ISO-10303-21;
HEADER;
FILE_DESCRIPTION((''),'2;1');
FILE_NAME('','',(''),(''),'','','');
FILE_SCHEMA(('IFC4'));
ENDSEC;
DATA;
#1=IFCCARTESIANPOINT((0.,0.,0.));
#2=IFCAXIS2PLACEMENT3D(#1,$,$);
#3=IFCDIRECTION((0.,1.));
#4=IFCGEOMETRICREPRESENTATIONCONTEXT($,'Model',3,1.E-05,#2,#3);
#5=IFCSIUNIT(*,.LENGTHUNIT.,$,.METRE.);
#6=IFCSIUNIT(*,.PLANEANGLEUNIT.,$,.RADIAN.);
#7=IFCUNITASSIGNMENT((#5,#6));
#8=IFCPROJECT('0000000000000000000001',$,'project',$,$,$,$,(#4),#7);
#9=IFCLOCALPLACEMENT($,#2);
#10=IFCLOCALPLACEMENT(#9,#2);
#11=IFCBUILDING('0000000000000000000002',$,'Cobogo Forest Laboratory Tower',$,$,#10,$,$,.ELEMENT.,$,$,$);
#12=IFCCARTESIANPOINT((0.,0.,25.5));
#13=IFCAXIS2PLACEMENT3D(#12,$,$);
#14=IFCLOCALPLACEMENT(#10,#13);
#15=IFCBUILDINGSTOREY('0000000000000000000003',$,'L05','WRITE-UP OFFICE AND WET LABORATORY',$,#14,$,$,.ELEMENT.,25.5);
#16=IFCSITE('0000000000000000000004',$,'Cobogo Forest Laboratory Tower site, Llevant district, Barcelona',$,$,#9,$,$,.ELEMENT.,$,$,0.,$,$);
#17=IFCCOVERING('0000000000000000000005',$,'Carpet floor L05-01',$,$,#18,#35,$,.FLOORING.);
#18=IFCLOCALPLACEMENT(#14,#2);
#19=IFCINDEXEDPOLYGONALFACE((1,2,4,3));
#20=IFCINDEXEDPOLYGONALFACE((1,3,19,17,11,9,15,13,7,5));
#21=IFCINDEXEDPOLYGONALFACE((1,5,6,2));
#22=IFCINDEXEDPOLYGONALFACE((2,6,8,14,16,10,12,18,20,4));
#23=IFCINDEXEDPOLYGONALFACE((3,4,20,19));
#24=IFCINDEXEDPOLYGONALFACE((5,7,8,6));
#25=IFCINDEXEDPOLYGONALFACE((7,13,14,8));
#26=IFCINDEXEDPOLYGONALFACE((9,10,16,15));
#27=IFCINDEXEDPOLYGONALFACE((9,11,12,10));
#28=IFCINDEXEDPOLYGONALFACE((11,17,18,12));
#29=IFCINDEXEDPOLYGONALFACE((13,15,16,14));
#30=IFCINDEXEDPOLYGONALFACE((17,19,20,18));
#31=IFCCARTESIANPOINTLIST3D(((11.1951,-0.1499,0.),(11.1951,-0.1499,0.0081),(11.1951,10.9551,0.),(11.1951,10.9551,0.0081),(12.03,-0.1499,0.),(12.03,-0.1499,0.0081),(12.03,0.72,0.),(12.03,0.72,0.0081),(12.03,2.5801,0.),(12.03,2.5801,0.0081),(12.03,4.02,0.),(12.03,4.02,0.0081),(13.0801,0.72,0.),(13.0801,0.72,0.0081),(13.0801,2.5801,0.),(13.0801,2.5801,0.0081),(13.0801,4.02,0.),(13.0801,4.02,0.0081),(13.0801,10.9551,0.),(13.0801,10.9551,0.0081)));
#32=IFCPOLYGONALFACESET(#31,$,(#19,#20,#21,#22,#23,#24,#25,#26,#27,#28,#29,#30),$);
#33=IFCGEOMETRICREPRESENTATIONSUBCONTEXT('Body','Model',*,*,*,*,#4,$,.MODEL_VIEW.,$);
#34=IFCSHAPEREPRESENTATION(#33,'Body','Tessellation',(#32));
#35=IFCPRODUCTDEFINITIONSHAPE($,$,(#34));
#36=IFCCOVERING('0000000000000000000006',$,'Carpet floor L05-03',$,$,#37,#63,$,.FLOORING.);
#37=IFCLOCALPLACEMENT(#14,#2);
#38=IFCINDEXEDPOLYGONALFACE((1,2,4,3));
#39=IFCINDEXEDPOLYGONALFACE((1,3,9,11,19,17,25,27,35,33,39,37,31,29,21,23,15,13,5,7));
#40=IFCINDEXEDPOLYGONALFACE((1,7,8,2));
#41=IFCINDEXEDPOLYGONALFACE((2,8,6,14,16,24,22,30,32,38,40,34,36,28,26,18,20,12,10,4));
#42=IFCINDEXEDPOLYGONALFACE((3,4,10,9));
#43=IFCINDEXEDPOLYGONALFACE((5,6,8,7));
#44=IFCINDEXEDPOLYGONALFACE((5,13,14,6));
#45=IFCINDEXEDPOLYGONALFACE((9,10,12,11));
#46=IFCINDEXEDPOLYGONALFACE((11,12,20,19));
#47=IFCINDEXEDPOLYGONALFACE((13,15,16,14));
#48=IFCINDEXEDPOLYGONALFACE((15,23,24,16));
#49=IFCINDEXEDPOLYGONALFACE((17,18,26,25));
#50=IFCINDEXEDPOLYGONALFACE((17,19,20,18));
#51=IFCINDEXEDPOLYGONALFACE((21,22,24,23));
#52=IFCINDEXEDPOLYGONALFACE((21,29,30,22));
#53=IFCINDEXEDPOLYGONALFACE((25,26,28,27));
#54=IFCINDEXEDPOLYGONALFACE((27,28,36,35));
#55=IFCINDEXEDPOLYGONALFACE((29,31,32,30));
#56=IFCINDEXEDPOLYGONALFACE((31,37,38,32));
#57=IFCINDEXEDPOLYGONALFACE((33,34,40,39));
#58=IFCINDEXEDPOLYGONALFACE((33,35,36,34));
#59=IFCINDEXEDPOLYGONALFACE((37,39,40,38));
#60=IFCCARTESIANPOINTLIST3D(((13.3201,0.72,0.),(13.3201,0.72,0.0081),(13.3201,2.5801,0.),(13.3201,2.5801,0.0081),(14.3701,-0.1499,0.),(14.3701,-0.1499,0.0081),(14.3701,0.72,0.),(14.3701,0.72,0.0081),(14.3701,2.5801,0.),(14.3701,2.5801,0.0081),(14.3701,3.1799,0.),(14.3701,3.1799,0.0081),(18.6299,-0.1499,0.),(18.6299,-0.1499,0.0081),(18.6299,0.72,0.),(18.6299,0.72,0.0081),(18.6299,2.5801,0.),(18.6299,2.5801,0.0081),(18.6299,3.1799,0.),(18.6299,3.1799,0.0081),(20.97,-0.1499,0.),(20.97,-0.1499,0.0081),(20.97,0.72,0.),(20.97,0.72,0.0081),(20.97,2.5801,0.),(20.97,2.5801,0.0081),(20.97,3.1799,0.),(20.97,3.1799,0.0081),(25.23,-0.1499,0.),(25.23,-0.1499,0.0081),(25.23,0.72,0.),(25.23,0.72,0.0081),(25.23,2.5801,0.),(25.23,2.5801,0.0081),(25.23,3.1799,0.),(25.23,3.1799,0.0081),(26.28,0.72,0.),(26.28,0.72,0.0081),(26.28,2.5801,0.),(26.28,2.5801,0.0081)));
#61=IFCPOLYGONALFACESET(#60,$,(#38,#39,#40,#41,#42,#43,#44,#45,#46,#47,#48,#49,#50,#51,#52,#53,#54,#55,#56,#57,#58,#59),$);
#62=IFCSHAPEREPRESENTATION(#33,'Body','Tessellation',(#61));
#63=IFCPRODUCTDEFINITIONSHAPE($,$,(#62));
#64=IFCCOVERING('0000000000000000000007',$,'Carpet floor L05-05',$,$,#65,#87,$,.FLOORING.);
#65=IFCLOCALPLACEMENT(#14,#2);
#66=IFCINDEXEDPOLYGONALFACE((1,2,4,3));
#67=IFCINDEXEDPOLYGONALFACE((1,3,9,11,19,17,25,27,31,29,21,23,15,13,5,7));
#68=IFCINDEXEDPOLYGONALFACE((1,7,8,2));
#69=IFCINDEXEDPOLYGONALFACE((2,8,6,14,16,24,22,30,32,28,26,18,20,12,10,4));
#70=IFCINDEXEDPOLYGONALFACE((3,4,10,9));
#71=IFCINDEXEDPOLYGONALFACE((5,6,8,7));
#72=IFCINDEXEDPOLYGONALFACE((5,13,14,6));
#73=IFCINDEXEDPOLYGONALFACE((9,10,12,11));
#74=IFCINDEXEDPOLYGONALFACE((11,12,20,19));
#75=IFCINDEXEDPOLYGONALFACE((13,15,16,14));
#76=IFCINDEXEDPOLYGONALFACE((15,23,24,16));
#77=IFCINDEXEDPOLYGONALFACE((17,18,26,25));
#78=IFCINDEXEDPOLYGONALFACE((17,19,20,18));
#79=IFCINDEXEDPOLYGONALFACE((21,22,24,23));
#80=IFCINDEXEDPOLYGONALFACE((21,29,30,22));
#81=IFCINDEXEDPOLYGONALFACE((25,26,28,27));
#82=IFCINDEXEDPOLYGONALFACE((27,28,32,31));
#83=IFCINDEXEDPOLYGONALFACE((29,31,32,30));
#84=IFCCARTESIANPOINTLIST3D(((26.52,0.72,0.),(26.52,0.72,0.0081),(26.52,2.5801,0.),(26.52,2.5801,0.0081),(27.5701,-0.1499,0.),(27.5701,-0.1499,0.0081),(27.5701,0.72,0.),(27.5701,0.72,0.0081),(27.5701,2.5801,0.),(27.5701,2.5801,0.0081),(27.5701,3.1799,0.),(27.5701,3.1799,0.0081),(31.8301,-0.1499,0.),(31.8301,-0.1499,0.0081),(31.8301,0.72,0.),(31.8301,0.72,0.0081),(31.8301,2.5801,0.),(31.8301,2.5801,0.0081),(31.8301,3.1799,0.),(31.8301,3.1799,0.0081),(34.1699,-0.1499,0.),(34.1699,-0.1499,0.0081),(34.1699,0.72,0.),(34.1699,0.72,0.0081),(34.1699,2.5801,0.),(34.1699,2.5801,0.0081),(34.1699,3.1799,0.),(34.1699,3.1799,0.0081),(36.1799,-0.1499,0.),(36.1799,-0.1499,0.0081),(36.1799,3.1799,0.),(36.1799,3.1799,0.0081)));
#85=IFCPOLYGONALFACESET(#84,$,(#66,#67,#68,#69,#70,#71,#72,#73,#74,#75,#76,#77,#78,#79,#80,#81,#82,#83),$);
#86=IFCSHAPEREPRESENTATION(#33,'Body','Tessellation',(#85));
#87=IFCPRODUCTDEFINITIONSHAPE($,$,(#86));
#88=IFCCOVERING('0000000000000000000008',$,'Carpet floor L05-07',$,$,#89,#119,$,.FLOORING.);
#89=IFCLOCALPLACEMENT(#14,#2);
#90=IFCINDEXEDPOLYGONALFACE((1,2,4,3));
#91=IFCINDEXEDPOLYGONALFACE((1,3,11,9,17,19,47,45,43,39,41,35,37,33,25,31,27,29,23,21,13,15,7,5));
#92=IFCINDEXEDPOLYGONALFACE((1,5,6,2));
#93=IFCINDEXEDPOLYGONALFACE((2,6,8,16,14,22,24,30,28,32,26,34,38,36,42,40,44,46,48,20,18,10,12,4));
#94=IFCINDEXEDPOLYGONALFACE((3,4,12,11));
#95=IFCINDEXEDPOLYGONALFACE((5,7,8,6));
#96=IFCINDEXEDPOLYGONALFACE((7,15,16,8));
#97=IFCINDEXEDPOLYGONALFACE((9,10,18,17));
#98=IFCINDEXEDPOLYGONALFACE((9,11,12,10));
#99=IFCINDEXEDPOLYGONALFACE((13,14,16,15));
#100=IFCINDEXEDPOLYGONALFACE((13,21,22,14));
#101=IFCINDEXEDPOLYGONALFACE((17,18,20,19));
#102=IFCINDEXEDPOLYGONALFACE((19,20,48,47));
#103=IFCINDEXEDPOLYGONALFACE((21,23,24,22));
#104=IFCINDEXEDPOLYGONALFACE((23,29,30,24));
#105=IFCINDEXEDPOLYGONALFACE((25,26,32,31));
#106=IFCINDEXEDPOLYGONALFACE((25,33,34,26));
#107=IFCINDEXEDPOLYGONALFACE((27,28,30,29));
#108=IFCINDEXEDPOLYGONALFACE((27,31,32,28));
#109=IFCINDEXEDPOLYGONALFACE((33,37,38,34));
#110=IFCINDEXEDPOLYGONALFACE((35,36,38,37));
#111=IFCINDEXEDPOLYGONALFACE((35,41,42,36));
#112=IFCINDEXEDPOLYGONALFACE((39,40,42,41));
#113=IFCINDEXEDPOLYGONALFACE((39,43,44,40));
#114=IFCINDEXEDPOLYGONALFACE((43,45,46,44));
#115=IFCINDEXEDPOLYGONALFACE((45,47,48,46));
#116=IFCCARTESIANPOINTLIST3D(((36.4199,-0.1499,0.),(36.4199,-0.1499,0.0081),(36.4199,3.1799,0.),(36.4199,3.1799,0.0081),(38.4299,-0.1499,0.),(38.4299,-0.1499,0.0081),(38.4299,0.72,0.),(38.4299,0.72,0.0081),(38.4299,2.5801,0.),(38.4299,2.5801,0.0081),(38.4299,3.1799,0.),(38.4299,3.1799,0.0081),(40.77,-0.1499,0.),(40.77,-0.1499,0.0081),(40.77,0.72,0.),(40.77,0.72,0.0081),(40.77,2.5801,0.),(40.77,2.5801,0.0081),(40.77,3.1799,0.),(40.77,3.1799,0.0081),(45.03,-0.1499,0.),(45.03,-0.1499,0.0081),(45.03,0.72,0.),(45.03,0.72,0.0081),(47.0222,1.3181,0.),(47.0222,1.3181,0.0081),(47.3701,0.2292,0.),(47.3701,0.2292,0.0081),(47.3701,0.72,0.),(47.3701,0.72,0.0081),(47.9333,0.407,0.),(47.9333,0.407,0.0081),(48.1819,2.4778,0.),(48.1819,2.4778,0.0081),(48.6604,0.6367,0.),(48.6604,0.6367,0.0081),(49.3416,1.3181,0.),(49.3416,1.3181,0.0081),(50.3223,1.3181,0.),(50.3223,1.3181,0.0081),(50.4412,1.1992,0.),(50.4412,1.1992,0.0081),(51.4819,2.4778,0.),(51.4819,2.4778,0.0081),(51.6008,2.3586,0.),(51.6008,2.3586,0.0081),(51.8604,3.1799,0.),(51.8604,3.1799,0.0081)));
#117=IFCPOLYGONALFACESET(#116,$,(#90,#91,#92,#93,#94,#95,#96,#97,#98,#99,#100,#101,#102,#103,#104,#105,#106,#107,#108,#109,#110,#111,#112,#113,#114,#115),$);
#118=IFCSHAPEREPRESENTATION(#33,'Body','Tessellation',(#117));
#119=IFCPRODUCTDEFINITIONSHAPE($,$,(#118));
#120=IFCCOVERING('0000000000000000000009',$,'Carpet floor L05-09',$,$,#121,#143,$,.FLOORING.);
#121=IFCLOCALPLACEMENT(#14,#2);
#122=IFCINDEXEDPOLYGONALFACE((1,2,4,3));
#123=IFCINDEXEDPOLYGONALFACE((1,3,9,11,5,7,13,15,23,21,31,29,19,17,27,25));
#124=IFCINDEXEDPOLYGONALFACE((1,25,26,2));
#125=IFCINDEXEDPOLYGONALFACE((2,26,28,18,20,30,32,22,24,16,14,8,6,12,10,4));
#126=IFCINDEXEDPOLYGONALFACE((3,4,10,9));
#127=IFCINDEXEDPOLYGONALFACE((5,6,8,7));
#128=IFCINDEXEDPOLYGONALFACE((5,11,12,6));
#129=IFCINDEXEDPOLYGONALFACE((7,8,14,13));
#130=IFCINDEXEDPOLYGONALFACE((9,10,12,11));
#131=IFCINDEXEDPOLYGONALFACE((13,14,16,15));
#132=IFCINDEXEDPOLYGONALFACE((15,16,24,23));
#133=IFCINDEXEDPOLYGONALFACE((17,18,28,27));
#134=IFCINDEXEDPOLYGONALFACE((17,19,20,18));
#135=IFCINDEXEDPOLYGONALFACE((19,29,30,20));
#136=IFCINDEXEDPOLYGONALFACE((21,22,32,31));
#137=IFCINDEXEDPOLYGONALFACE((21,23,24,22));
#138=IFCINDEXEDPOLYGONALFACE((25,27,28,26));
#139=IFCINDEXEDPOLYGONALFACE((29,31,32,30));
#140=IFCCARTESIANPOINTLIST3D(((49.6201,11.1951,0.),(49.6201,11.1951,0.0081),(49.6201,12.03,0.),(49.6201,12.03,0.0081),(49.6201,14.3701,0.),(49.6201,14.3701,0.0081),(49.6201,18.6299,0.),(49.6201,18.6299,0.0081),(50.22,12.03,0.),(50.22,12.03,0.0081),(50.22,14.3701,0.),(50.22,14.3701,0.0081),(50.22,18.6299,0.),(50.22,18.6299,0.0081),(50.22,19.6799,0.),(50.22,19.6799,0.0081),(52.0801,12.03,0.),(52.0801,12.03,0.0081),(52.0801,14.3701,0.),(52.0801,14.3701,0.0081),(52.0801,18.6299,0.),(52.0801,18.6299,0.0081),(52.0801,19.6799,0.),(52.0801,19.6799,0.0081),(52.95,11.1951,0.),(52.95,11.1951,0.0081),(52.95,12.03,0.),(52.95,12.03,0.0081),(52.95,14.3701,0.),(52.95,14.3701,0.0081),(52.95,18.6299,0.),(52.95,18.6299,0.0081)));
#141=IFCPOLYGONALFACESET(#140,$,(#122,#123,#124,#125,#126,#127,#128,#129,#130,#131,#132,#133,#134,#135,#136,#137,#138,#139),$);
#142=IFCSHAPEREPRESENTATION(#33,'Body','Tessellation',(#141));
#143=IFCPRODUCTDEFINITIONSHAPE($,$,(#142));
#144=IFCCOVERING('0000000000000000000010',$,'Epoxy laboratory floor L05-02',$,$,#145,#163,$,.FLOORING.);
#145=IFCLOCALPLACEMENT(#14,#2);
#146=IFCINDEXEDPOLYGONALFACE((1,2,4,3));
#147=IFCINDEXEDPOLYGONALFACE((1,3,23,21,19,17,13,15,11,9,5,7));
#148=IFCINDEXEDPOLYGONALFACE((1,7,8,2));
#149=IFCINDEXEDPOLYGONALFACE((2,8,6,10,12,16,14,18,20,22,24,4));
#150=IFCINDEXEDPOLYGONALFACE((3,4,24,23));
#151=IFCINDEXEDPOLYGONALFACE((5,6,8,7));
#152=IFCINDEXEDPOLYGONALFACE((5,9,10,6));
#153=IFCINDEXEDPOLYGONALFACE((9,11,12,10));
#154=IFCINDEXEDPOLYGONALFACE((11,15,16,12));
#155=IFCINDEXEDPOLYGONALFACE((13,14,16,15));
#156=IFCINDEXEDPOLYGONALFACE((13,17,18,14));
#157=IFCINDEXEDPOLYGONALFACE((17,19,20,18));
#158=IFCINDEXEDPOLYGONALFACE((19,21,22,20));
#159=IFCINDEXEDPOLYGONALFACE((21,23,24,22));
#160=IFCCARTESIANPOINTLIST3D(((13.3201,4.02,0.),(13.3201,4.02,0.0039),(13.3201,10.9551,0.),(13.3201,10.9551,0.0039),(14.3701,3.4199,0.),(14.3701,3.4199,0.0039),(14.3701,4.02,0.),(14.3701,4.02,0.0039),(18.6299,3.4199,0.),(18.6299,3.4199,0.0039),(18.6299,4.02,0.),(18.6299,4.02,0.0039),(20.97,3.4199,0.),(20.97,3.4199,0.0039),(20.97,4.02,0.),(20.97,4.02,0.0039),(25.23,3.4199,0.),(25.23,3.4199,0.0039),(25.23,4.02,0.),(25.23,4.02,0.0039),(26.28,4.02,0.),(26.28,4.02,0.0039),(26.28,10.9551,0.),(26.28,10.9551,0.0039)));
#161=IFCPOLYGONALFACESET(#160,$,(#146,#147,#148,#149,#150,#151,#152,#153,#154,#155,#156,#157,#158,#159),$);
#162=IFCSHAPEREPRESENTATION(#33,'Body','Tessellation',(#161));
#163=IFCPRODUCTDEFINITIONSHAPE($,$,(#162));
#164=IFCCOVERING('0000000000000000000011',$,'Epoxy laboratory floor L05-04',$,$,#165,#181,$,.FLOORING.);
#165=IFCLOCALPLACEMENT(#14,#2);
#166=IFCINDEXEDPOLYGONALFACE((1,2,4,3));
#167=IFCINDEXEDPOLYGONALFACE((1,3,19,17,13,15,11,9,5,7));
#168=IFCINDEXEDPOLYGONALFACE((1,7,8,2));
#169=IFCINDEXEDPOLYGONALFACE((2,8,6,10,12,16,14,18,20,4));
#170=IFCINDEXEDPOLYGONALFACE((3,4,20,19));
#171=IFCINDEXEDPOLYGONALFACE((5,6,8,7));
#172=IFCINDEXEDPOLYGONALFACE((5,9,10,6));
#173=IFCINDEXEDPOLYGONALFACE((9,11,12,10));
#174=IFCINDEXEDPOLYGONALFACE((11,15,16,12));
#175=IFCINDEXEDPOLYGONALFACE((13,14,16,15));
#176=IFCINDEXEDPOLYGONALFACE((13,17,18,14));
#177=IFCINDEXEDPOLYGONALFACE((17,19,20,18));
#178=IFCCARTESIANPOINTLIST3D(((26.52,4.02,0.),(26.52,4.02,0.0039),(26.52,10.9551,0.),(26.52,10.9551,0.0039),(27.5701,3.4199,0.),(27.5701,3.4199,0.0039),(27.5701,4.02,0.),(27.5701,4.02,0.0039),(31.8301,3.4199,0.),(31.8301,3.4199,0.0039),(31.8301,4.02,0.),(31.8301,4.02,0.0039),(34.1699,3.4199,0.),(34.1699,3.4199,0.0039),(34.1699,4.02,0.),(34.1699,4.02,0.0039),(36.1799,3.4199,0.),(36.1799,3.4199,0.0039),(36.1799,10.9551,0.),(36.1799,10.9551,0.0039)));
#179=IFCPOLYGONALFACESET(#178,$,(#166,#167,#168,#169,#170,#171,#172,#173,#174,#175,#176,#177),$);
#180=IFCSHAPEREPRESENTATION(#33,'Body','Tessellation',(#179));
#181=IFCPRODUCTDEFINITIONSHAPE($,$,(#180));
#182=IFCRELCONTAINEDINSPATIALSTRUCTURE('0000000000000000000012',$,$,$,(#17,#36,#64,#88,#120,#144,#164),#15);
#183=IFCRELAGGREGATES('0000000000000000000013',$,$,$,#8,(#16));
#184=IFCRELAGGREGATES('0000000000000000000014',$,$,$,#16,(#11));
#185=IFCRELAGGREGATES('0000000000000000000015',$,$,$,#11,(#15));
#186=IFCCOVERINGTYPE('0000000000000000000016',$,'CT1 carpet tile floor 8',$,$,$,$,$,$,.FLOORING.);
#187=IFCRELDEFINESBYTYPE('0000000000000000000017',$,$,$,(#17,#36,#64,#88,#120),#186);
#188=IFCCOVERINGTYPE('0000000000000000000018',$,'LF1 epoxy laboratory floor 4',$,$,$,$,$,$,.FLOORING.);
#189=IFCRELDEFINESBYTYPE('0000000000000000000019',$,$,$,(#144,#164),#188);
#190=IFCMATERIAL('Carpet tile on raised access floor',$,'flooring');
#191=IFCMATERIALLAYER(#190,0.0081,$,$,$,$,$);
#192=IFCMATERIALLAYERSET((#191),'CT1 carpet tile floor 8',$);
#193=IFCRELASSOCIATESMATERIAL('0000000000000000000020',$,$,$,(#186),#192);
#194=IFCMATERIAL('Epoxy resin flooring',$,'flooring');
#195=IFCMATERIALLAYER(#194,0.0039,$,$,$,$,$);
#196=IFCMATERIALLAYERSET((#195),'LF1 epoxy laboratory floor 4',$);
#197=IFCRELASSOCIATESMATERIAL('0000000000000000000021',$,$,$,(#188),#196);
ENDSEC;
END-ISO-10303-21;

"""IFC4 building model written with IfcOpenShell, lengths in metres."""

from ifc_helpers import new_model, si_unit, direction, frame, origin, place, context, subcontext, project, spatial, polyline, outline, extrude, material, layer, layer_set, type_object, element, save


model = new_model("IFC4")

# Units and contexts
model_context = context("Model", 3, precision=1e-05, world=origin(), true_north=direction((0.0, 1.0)))
body_context = subcontext(model_context, "Body", "Model", "MODEL_VIEW")
ifc_project = project(units=[si_unit("LENGTHUNIT", "METRE"), si_unit("PLANEANGLEUNIT", "RADIAN")], contexts=[model_context])

# Site, building, storey
site_placement = place(None, origin())
site = spatial("IfcSite", under=ifc_project, at=site_placement, Name="Cobogo Forest Laboratory Tower site, Llevant district, Barcelona", CompositionType="ELEMENT", RefElevation=0.0)
building_placement = place(site_placement, origin())
building = spatial("IfcBuilding", under=site, at=building_placement, Name="Cobogo Forest Laboratory Tower", CompositionType="ELEMENT")
storey_placement = place(building_placement, frame((0.0, 0.0, 25.5)))
storey = spatial("IfcBuildingStorey", under=building, at=storey_placement, Name="L05", Description="WRITE-UP OFFICE AND WET LABORATORY", CompositionType="ELEMENT", Elevation=25.5)

# Coverings
ifc_material_1 = material(Name="Carpet tile on raised access floor", Category="flooring")
ifc_layer_1 = layer(ifc_material_1, 0.0081)
ifc_layer_set_1 = layer_set([ifc_layer_1], Name="CT1 carpet tile floor 8")
covering_type_1 = type_object("IfcCoveringType", Name="CT1 carpet tile floor 8", PredefinedType="FLOORING", material=ifc_layer_set_1)
covering_1_placement = place(storey_placement, origin())
element("IfcCovering", 1, at=covering_1_placement, inside=storey, type_object=covering_type_1, Name="Carpet floor L05-01", PredefinedType="FLOORING", context=body_context, shape_type="SweptSolid", body=[
    extrude(outline(polyline([(13.0801, 10.9551), (13.0801, 4.02), (12.03, 4.02), (12.03, 2.5801), (13.0801, 2.5801), (13.0801, 0.72), (12.03, 0.72), (12.03, -0.1499), (11.1951, -0.1499), (11.1951, 10.9551), (13.0801, 10.9551)])), origin(), (0.0, 0.0, 1.0), 0.0081),
])
covering_2_placement = place(storey_placement, origin())
element("IfcCovering", 2, at=covering_2_placement, inside=storey, type_object=covering_type_1, Name="Carpet floor L05-03", PredefinedType="FLOORING", context=body_context, shape_type="SweptSolid", body=[
    extrude(outline(polyline([(18.6299, 3.1799), (18.6299, 2.5801), (20.97, 2.5801), (20.97, 3.1799), (25.23, 3.1799), (25.23, 2.5801), (26.28, 2.5801), (26.28, 0.72), (25.23, 0.72), (25.23, -0.1499), (20.97, -0.1499), (20.97, 0.72), (18.6299, 0.72), (18.6299, -0.1499), (14.3701, -0.1499), (14.3701, 0.72), (13.3201, 0.72), (13.3201, 2.5801), (14.3701, 2.5801), (14.3701, 3.1799), (18.6299, 3.1799)])), origin(), (0.0, 0.0, 1.0), 0.0081),
])
covering_3_placement = place(storey_placement, origin())
element("IfcCovering", 3, at=covering_3_placement, inside=storey, type_object=covering_type_1, Name="Carpet floor L05-05", PredefinedType="FLOORING", context=body_context, shape_type="SweptSolid", body=[
    extrude(outline(polyline([(31.8301, 3.1799), (31.8301, 2.5801), (34.1699, 2.5801), (34.1699, 3.1799), (36.1799, 3.1799), (36.1799, -0.1499), (34.1699, -0.1499), (34.1699, 0.72), (31.8301, 0.72), (31.8301, -0.1499), (27.5701, -0.1499), (27.5701, 0.72), (26.52, 0.72), (26.52, 2.5801), (27.5701, 2.5801), (27.5701, 3.1799), (31.8301, 3.1799)])), origin(), (0.0, 0.0, 1.0), 0.0081),
])
covering_4_placement = place(storey_placement, origin())
element("IfcCovering", 4, at=covering_4_placement, inside=storey, type_object=covering_type_1, Name="Carpet floor L05-07", PredefinedType="FLOORING", context=body_context, shape_type="SweptSolid", body=[
    extrude(outline(polyline([(38.4299, 3.1799), (38.4299, 2.5801), (40.77, 2.5801), (40.77, 3.1799), (51.8604, 3.1799), (51.6008, 2.3586), (51.4819, 2.4778), (50.3223, 1.3181), (50.4412, 1.1992), (48.6604, 0.6367), (49.3416, 1.3181), (48.1819, 2.4778), (47.0222, 1.3181), (47.9333, 0.407), (47.3701, 0.2292), (47.3701, 0.72), (45.03, 0.72), (45.03, -0.1499), (40.77, -0.1499), (40.77, 0.72), (38.4299, 0.72), (38.4299, -0.1499), (36.4199, -0.1499), (36.4199, 3.1799), (38.4299, 3.1799)])), origin(), (0.0, 0.0, 1.0), 0.0081),
])
covering_5_placement = place(storey_placement, origin())
element("IfcCovering", 5, at=covering_5_placement, inside=storey, type_object=covering_type_1, Name="Carpet floor L05-09", PredefinedType="FLOORING", context=body_context, shape_type="SweptSolid", body=[
    extrude(outline(polyline([(49.6201, 12.03), (50.22, 12.03), (50.22, 14.3701), (49.6201, 14.3701), (49.6201, 18.6299), (50.22, 18.6299), (50.22, 19.6799), (52.0801, 19.6799), (52.0801, 18.6299), (52.95, 18.6299), (52.95, 14.3701), (52.0801, 14.3701), (52.0801, 12.03), (52.95, 12.03), (52.95, 11.1951), (49.6201, 11.1951), (49.6201, 12.03)])), origin(), (0.0, 0.0, 1.0), 0.0081),
])
ifc_material_2 = material(Name="Epoxy resin flooring", Category="flooring")
ifc_layer_2 = layer(ifc_material_2, 0.0039)
ifc_layer_set_2 = layer_set([ifc_layer_2], Name="LF1 epoxy laboratory floor 4")
covering_type_2 = type_object("IfcCoveringType", Name="LF1 epoxy laboratory floor 4", PredefinedType="FLOORING", material=ifc_layer_set_2)
covering_6_placement = place(storey_placement, origin())
element("IfcCovering", 6, at=covering_6_placement, inside=storey, type_object=covering_type_2, Name="Epoxy laboratory floor L05-02", PredefinedType="FLOORING", context=body_context, shape_type="SweptSolid", body=[
    extrude(outline(polyline([(13.3201, 10.9551), (26.28, 10.9551), (26.28, 4.02), (25.23, 4.02), (25.23, 3.4199), (20.97, 3.4199), (20.97, 4.02), (18.6299, 4.02), (18.6299, 3.4199), (14.3701, 3.4199), (14.3701, 4.02), (13.3201, 4.02), (13.3201, 10.9551)])), origin(), (0.0, 0.0, 1.0), 0.0039),
])
covering_7_placement = place(storey_placement, origin())
element("IfcCovering", 7, at=covering_7_placement, inside=storey, type_object=covering_type_2, Name="Epoxy laboratory floor L05-04", PredefinedType="FLOORING", context=body_context, shape_type="SweptSolid", body=[
    extrude(outline(polyline([(26.52, 10.9551), (36.1799, 10.9551), (36.1799, 3.4199), (34.1699, 3.4199), (34.1699, 4.02), (31.8301, 4.02), (31.8301, 3.4199), (27.5701, 3.4199), (27.5701, 4.02), (26.52, 4.02), (26.52, 10.9551)])), origin(), (0.0, 0.0, 1.0), 0.0039),
])

save(model, "model.ifc")
